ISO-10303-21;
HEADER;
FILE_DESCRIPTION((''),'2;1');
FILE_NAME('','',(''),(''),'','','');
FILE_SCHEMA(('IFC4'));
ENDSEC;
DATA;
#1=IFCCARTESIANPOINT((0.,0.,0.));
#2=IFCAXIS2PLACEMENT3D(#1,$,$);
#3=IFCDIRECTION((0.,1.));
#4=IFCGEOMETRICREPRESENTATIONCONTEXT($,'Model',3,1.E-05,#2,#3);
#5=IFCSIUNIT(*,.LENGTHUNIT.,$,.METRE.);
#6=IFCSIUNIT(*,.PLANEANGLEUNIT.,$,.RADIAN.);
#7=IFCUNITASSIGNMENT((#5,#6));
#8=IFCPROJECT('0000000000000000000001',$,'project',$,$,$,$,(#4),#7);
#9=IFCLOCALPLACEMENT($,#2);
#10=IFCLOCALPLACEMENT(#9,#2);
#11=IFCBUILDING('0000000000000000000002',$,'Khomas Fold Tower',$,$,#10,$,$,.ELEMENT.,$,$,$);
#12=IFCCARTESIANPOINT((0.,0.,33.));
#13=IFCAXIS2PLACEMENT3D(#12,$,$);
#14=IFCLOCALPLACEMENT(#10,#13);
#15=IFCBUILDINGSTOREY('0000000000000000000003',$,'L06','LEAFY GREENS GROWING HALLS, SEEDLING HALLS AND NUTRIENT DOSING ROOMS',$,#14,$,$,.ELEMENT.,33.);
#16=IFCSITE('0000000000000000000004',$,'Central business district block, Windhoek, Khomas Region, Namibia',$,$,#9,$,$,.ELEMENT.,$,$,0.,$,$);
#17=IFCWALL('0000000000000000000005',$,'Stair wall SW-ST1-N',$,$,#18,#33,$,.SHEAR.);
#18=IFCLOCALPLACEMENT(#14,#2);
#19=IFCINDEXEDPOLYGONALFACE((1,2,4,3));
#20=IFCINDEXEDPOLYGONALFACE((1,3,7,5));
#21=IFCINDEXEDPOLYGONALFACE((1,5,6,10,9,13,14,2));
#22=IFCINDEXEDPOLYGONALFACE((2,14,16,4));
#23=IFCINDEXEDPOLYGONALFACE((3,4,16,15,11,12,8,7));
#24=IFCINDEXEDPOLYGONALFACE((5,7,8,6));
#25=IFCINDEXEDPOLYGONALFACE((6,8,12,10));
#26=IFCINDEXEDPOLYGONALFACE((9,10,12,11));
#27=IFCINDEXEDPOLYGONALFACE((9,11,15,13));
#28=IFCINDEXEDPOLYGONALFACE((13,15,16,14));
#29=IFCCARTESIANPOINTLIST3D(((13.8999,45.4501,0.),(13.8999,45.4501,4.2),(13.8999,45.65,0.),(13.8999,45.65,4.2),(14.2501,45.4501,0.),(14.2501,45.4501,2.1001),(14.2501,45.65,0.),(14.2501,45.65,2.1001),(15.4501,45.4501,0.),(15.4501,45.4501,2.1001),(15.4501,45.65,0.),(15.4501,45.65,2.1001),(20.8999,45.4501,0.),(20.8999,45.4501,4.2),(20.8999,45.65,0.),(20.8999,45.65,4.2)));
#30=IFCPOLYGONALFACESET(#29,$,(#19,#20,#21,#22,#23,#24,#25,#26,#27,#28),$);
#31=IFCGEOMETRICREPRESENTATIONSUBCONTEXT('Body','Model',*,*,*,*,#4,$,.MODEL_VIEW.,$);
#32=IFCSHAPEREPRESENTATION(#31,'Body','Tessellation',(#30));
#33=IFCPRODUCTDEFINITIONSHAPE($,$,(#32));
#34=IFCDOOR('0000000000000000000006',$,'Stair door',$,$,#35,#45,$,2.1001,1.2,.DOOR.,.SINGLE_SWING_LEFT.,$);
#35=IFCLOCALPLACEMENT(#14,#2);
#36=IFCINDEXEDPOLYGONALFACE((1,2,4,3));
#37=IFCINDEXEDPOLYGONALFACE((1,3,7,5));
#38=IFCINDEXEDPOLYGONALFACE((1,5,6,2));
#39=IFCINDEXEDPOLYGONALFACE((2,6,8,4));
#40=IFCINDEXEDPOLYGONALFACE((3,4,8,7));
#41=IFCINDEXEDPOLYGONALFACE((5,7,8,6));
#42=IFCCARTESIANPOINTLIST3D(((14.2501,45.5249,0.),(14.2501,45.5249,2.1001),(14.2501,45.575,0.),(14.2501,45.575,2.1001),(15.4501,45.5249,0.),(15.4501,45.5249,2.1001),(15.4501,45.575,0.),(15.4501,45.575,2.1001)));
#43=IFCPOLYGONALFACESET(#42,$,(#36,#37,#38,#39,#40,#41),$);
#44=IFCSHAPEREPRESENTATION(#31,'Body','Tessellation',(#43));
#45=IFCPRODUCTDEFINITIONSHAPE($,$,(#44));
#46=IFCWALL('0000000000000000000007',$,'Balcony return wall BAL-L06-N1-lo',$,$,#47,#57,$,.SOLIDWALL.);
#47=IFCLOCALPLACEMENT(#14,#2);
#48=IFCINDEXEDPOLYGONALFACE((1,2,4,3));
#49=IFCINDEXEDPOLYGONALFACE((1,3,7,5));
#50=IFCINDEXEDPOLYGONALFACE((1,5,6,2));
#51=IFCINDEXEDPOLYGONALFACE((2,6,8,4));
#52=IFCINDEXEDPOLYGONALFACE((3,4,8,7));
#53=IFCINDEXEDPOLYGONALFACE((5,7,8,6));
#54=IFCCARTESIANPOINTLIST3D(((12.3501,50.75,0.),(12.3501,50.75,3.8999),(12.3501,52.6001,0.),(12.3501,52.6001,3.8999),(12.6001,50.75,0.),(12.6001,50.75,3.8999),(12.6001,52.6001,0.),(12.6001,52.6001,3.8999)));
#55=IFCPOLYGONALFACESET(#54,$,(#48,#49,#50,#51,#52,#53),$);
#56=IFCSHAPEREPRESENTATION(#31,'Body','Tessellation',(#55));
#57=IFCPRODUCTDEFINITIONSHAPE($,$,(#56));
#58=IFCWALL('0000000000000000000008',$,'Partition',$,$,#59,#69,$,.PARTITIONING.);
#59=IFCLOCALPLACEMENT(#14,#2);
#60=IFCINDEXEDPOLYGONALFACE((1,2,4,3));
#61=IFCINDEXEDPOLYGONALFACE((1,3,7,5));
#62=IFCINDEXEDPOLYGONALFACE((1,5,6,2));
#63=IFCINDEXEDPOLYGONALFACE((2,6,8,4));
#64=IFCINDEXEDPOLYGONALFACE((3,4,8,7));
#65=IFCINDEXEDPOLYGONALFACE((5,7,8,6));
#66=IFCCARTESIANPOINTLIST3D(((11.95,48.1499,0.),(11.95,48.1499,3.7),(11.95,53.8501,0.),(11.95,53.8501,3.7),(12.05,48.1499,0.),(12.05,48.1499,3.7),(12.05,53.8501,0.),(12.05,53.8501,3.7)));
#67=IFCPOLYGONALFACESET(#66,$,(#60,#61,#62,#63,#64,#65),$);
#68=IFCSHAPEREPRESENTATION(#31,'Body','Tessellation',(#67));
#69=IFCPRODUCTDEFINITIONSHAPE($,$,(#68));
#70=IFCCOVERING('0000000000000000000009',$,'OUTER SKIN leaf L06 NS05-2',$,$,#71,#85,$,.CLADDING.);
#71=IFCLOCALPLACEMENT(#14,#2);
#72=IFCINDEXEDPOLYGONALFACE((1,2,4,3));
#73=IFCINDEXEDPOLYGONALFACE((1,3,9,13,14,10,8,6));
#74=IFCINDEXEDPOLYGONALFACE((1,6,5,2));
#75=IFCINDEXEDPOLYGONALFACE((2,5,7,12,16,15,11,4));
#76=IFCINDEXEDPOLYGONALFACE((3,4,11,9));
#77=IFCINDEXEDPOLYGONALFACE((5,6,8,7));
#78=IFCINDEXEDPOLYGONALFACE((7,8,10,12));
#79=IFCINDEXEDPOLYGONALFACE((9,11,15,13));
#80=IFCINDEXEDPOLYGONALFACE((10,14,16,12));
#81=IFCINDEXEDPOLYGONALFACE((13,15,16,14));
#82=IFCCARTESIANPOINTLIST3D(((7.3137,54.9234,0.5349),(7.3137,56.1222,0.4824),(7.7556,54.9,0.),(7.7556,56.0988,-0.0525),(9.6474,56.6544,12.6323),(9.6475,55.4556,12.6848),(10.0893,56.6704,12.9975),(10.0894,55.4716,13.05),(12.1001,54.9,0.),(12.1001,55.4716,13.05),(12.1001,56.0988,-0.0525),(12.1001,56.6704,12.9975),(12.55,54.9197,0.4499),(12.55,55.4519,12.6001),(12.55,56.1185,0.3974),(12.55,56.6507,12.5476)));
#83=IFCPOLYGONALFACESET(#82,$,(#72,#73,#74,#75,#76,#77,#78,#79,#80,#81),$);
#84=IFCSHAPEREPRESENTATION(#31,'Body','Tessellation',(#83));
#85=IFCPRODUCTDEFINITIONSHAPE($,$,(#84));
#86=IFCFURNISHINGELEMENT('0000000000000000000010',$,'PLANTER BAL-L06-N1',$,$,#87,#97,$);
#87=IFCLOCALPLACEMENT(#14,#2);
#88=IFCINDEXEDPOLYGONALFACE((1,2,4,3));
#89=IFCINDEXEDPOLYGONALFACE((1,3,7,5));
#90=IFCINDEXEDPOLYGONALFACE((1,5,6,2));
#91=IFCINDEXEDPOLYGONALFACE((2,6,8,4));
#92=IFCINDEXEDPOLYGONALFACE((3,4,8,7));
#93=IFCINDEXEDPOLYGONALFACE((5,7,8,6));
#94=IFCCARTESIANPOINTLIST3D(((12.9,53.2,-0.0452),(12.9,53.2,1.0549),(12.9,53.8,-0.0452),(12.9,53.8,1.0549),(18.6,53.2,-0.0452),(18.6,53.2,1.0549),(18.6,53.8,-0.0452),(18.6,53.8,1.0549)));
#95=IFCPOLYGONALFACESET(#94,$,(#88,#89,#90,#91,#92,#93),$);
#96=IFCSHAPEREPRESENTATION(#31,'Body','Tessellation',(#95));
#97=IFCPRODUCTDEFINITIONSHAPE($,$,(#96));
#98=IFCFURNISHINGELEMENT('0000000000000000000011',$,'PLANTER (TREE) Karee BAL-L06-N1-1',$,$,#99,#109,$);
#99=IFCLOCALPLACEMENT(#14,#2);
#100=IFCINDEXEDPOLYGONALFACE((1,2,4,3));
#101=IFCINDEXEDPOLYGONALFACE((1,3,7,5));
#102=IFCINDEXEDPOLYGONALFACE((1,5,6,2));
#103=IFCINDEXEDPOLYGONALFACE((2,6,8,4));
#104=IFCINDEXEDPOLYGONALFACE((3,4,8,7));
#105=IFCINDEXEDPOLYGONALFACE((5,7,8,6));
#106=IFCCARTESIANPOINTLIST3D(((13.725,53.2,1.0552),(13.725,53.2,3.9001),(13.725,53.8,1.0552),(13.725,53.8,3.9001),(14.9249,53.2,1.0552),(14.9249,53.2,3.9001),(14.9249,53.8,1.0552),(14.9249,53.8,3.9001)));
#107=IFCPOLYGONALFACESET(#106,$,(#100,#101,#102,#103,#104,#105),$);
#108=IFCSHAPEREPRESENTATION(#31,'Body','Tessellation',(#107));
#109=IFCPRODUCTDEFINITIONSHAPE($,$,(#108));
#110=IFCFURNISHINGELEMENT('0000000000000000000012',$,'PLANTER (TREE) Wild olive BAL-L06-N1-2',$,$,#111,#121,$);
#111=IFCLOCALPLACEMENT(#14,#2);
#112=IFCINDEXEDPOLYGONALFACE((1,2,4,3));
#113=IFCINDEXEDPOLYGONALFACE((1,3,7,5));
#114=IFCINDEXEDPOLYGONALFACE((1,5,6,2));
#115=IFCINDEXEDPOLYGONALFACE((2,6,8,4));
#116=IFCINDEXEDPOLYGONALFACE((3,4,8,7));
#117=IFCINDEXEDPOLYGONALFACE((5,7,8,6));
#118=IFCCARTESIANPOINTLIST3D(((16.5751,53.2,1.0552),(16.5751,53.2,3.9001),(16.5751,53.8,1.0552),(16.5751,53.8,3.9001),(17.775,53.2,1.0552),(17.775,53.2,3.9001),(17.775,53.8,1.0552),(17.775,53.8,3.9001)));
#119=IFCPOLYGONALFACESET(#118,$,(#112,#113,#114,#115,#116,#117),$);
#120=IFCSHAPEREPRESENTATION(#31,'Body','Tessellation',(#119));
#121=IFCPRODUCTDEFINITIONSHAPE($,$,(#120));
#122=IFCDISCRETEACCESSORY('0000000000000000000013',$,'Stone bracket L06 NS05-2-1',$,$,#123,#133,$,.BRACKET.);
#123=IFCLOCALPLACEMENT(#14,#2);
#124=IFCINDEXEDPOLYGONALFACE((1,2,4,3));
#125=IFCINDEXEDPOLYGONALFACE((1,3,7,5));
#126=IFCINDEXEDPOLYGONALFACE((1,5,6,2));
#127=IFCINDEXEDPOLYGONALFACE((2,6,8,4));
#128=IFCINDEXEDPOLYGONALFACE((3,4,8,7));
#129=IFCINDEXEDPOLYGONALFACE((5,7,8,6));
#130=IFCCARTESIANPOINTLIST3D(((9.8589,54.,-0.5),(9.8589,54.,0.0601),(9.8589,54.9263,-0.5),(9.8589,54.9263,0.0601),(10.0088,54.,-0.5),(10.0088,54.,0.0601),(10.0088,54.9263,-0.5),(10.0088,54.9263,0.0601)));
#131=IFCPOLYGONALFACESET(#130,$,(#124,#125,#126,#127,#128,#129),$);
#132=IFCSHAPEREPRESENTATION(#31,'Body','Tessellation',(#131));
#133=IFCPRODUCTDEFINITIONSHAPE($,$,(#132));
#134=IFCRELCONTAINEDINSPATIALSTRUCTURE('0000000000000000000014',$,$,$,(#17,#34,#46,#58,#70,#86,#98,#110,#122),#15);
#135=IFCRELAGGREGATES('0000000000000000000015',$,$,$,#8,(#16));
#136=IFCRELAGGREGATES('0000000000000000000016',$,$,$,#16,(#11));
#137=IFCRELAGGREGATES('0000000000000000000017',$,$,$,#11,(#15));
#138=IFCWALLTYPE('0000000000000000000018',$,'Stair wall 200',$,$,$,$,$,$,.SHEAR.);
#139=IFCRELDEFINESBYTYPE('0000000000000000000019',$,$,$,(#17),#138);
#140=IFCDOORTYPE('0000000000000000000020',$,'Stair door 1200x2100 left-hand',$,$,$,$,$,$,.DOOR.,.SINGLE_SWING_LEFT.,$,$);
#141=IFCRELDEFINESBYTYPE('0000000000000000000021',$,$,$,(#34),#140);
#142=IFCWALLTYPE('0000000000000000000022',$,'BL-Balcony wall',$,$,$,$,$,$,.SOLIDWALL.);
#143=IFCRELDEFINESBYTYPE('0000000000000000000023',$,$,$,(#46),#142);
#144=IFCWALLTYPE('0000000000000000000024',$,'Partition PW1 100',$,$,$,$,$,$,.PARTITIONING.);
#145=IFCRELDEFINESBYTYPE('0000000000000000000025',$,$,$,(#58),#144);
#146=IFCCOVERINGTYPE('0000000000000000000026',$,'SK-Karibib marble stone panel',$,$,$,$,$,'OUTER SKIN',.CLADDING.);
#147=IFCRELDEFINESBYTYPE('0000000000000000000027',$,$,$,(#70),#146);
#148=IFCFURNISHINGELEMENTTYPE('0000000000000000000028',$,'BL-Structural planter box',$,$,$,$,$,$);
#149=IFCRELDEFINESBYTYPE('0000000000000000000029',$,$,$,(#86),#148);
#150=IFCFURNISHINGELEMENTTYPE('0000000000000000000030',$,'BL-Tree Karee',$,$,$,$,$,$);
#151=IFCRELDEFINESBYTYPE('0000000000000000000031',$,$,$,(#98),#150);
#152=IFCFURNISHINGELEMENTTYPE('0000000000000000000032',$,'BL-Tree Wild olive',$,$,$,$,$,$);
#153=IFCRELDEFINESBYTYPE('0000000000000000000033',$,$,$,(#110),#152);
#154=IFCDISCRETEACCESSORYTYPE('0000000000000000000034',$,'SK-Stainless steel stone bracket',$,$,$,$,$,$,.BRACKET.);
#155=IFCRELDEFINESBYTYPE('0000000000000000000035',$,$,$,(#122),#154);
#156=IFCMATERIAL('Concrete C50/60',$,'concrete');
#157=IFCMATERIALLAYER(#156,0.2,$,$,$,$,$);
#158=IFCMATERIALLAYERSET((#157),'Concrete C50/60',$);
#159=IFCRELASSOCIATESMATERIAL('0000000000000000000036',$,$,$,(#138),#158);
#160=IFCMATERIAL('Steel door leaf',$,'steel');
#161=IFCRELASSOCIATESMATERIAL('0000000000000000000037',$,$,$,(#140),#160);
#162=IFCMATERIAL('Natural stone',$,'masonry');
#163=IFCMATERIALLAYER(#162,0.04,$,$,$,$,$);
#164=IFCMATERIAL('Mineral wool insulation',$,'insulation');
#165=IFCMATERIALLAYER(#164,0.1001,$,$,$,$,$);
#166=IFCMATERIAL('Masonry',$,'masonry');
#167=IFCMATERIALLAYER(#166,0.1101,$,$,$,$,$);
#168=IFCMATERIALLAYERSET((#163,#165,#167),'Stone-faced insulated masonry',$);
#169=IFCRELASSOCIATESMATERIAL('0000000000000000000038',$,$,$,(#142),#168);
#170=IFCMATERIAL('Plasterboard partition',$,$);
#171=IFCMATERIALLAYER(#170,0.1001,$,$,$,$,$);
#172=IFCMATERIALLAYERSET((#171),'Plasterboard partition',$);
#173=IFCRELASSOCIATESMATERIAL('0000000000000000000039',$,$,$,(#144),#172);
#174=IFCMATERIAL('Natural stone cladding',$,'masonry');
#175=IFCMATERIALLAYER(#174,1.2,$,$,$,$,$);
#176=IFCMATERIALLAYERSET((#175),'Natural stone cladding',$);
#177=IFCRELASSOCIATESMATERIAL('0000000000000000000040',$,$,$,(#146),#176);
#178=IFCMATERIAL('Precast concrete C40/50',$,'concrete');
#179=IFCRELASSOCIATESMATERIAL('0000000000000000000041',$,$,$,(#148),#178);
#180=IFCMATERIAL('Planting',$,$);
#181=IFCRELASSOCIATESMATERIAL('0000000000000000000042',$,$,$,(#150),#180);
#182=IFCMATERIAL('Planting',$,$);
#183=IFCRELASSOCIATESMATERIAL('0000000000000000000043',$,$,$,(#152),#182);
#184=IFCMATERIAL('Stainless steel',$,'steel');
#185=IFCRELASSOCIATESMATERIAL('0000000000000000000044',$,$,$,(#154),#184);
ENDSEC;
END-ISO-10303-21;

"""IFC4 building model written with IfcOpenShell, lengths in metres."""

from ifc_helpers import new_model, si_unit, direction, frame, frame_2d, origin, origin_2d, place, context, subcontext, project, spatial, polyline, rectangle, outline, extrude, source, transform, mapped, material, layer, layer_set, type_object, element, fill, save


model = new_model("IFC4")

# Units and contexts
model_context = context("Model", 3, precision=1e-05, world=origin(), true_north=direction((0.0, 1.0)))
body_context = subcontext(model_context, "Body", "Model", "MODEL_VIEW")
ifc_project = project(units=[si_unit("LENGTHUNIT", "METRE"), si_unit("PLANEANGLEUNIT", "RADIAN")], contexts=[model_context])

# Site, building, storey
site_placement = place(None, origin())
site = spatial("IfcSite", under=ifc_project, at=site_placement, Name="Central business district block, Windhoek, Khomas Region, Namibia", CompositionType="ELEMENT", RefElevation=0.0)
building_placement = place(site_placement, origin())
building = spatial("IfcBuilding", under=site, at=building_placement, Name="Khomas Fold Tower", CompositionType="ELEMENT")
storey_placement = place(building_placement, frame((0.0, 0.0, 33.0)))
storey = spatial("IfcBuildingStorey", under=building, at=storey_placement, Name="L06", Description="LEAFY GREENS GROWING HALLS, SEEDLING HALLS AND NUTRIENT DOSING ROOMS", CompositionType="ELEMENT", Elevation=33.0)

# Wall, opening, door
ifc_material_1 = material(Name="Concrete C50/60", Category="concrete")
ifc_layer_1 = layer(ifc_material_1, 0.2)
ifc_layer_set_1 = layer_set([ifc_layer_1], Name="Concrete C50/60")
wall_type_1 = type_object("IfcWallType", Name="Stair wall 200", PredefinedType="SHEAR", material=ifc_layer_set_1)
shared_shape_1 = source(origin(), body_context, "Body", "SweptSolid", [
    extrude(rectangle(XDim=7.0, YDim=0.2, at=frame_2d((3.5, 0.0))), origin(), (0.0, 0.0, 1.0), 4.2),
])
wall_1_placement = place(storey_placement, frame((13.8999, 45.55, 0.0), z_axis=(0.0, 0.0, 1.0), x_axis=(1.0, 0.0, 0.0)))
wall_1 = element("IfcWall", 1, at=wall_1_placement, inside=storey, type_object=wall_type_1, Name="Stair wall SW-ST1-N", PredefinedType="SHEAR", context=body_context, shape_type="MappedRepresentation", body=[
    mapped(shared_shape_1, transform((0.0, 0.0, 0.0))),
])
shared_shape_2 = source(origin(), body_context, "Body", "SweptSolid", [
    extrude(rectangle(XDim=1.2, YDim=2.1001, at=frame_2d((0.6001, 1.05))), frame((0.0, 0.1099, 0.0), z_axis=(0.0, -1.0, 0.0), x_axis=(1.0, 0.0, 0.0)), (0.0, 0.0, 1.0), 0.22),
])
opening_1_placement = place(wall_1_placement, frame((0.3501, 0.0, 0.0)))
opening_1 = element("IfcOpeningElement", 2, at=opening_1_placement, cuts=wall_1, PredefinedType="OPENING", context=body_context, shape_type="MappedRepresentation", body=[
    mapped(shared_shape_2, transform((0.0, 0.0, 0.0))),
])
ifc_material_2 = material(Name="Steel door leaf", Category="steel")
door_type_1 = type_object("IfcDoorType", Name="Stair door 1200x2100 left-hand", OperationType="SINGLE_SWING_LEFT", PredefinedType="DOOR", material=ifc_material_2)
shared_shape_3 = source(origin(), body_context, "Body", "SweptSolid", [
    extrude(rectangle(XDim=1.2, YDim=2.1001, at=frame_2d((0.6001, 1.05))), frame((0.0, 0.0249, 0.0), z_axis=(0.0, -1.0, 0.0), x_axis=(1.0, 0.0, 0.0)), (0.0, 0.0, 1.0), 0.05),
])
door_1_placement = place(opening_1_placement, origin())
door_1 = element("IfcDoor", 3, at=door_1_placement, inside=storey, type_object=door_type_1, Name="Stair door", OperationType="SINGLE_SWING_LEFT", OverallHeight=2.1001, OverallWidth=1.2, PredefinedType="DOOR", context=body_context, shape_type="MappedRepresentation", body=[
    mapped(shared_shape_3, transform((0.0, 0.0, 0.0))),
])
fill(opening_1, door_1)

# Shared definitions
ifc_material_3 = material(Name="Natural stone", Category="masonry")
ifc_layer_2 = layer(ifc_material_3, 0.04)
ifc_material_4 = material(Name="Mineral wool insulation", Category="insulation")
ifc_layer_3 = layer(ifc_material_4, 0.1001)
ifc_material_5 = material(Name="Masonry", Category="masonry")
ifc_layer_4 = layer(ifc_material_5, 0.1101)
ifc_layer_set_2 = layer_set([ifc_layer_2, ifc_layer_3, ifc_layer_4], Name="Stone-faced insulated masonry")
wall_type_2 = type_object("IfcWallType", Name="BL-Balcony wall", PredefinedType="SOLIDWALL", material=ifc_layer_set_2)

# Walls
shared_shape_4 = source(origin(), body_context, "Body", "SweptSolid", [
    extrude(rectangle(XDim=1.8501, YDim=0.25, at=frame_2d((0.925, 0.0))), origin(), (0.0, 0.0, 1.0), 3.8999),
])
wall_2_placement = place(storey_placement, frame((12.4751, 52.6001, 0.0), z_axis=(0.0, 0.0, 1.0), x_axis=(0.0, -1.0, 0.0)))
element("IfcWall", 4, at=wall_2_placement, inside=storey, type_object=wall_type_2, Name="Balcony return wall BAL-L06-N1-lo", PredefinedType="SOLIDWALL", context=body_context, shape_type="MappedRepresentation", body=[
    mapped(shared_shape_4, transform((0.0, 0.0, 0.0))),
])
ifc_material_6 = material(Name="Plasterboard partition")
ifc_layer_5 = layer(ifc_material_6, 0.1001)
ifc_layer_set_3 = layer_set([ifc_layer_5], Name="Plasterboard partition")
wall_type_3 = type_object("IfcWallType", Name="Partition PW1 100", PredefinedType="PARTITIONING", material=ifc_layer_set_3)
shared_shape_5 = source(origin(), body_context, "Body", "SweptSolid", [
    extrude(rectangle(XDim=5.7002, YDim=0.1001, at=frame_2d((2.8501, 0.0))), origin(), (0.0, 0.0, 1.0), 3.7),
])
wall_3_placement = place(storey_placement, frame((12.0, 48.1499, 0.0), z_axis=(0.0, 0.0, 1.0), x_axis=(0.0, 1.0, 0.0)))
element("IfcWall", 5, at=wall_3_placement, inside=storey, type_object=wall_type_3, Name="Partition", PredefinedType="PARTITIONING", context=body_context, shape_type="MappedRepresentation", body=[
    mapped(shared_shape_5, transform((0.0, 0.0, 0.0))),
])

# Covering
ifc_material_7 = material(Name="Natural stone cladding", Category="masonry")
ifc_layer_6 = layer(ifc_material_7, 1.2)
ifc_layer_set_4 = layer_set([ifc_layer_6], Name="Natural stone cladding")
covering_type = type_object("IfcCoveringType", Name="SK-Karibib marble stone panel", ElementType="OUTER SKIN", PredefinedType="CLADDING", material=ifc_layer_set_4)
covering_placement = place(storey_placement, frame((12.55, 55.4519, 12.6001), z_axis=(0.000013, -0.999042, 0.043757), x_axis=(0.0, -0.043757, -0.999042)))
element("IfcCovering", 6, at=covering_placement, inside=storey, type_object=covering_type, Name="OUTER SKIN leaf L06 NS05-2", PredefinedType="CLADDING", context=body_context, shape_type="SweptSolid", body=[
    extrude(outline(polyline([(0.0, 0.0), (12.1618, 0.0), (12.6122, -0.45), (12.6122, -4.7944), (12.0768, -5.2363), (-0.0848, -2.9026), (-0.4504, -2.4607), (-0.4504, -0.45), (0.0, 0.0)])), origin(), (0.0, 0.0, -1.0), 1.2),
])

# Furnishing elements
ifc_material_8 = material(Name="Precast concrete C40/50", Category="concrete")
furnishing_element_type_1 = type_object("IfcFurnishingElementType", Name="BL-Structural planter box", material=ifc_material_8)
shared_shape_6 = source(origin(), body_context, "Body", "SweptSolid", [
    extrude(rectangle(XDim=5.7, YDim=0.6001, at=origin_2d()), origin(), (0.0, 0.0, 1.0), 1.1001),
])
furnishing_1_placement = place(storey_placement, frame((15.75, 53.5, -0.0452), z_axis=(0.0, 0.0, 1.0), x_axis=(1.0, 0.0, 0.0)))
element("IfcFurnishingElement", 7, at=furnishing_1_placement, inside=storey, type_object=furnishing_element_type_1, Name="PLANTER BAL-L06-N1", context=body_context, shape_type="MappedRepresentation", body=[
    mapped(shared_shape_6, transform((0.0, 0.0, 0.0))),
])
ifc_material_9 = material(Name="Planting")
furnishing_element_type_2 = type_object("IfcFurnishingElementType", Name="BL-Tree Karee", material=ifc_material_9)
shared_shape_7 = source(origin(), body_context, "Body", "SweptSolid", [
    extrude(rectangle(XDim=1.2, YDim=0.6001, at=origin_2d()), origin(), (0.0, 0.0, 1.0), 2.845),
])
furnishing_2_placement = place(storey_placement, frame((14.325, 53.5, 1.0552), z_axis=(0.0, 0.0, 1.0), x_axis=(1.0, 0.0, 0.0)))
element("IfcFurnishingElement", 8, at=furnishing_2_placement, inside=storey, type_object=furnishing_element_type_2, Name="PLANTER (TREE) Karee BAL-L06-N1-1", context=body_context, shape_type="MappedRepresentation", body=[
    mapped(shared_shape_7, transform((0.0, 0.0, 0.0))),
])
ifc_material_10 = material(Name="Planting")
furnishing_element_type_3 = type_object("IfcFurnishingElementType", Name="BL-Tree Wild olive", material=ifc_material_10)
furnishing_3_placement = place(storey_placement, frame((17.175, 53.5, 1.0552), z_axis=(0.0, 0.0, 1.0), x_axis=(1.0, 0.0, 0.0)))
element("IfcFurnishingElement", 9, at=furnishing_3_placement, inside=storey, type_object=furnishing_element_type_3, Name="PLANTER (TREE) Wild olive BAL-L06-N1-2", context=body_context, shape_type="MappedRepresentation", body=[
    mapped(shared_shape_7, transform((0.0, 0.0, 0.0))),
])

# Discrete accessory
ifc_material_11 = material(Name="Stainless steel", Category="steel")
discrete_accessory_type = type_object("IfcDiscreteAccessoryType", Name="SK-Stainless steel stone bracket", PredefinedType="BRACKET", material=ifc_material_11)
shared_shape_8 = source(origin(), body_context, "Body", "SweptSolid", [
    extrude(rectangle(XDim=0.9263, YDim=0.1499, at=origin_2d()), origin(), (0.0, 0.0, 1.0), 0.5601),
])
discrete_accessory_placement = place(storey_placement, frame((9.9338, 54.4631, -0.5), z_axis=(0.0, 0.0, 1.0), x_axis=(0.0, 1.0, 0.0)))
element("IfcDiscreteAccessory", 10, at=discrete_accessory_placement, inside=storey, type_object=discrete_accessory_type, Name="Stone bracket L06 NS05-2-1", PredefinedType="BRACKET", context=body_context, shape_type="MappedRepresentation", body=[
    mapped(shared_shape_8, transform((0.0, 0.0, 0.0))),
])

save(model, "model.ifc")
